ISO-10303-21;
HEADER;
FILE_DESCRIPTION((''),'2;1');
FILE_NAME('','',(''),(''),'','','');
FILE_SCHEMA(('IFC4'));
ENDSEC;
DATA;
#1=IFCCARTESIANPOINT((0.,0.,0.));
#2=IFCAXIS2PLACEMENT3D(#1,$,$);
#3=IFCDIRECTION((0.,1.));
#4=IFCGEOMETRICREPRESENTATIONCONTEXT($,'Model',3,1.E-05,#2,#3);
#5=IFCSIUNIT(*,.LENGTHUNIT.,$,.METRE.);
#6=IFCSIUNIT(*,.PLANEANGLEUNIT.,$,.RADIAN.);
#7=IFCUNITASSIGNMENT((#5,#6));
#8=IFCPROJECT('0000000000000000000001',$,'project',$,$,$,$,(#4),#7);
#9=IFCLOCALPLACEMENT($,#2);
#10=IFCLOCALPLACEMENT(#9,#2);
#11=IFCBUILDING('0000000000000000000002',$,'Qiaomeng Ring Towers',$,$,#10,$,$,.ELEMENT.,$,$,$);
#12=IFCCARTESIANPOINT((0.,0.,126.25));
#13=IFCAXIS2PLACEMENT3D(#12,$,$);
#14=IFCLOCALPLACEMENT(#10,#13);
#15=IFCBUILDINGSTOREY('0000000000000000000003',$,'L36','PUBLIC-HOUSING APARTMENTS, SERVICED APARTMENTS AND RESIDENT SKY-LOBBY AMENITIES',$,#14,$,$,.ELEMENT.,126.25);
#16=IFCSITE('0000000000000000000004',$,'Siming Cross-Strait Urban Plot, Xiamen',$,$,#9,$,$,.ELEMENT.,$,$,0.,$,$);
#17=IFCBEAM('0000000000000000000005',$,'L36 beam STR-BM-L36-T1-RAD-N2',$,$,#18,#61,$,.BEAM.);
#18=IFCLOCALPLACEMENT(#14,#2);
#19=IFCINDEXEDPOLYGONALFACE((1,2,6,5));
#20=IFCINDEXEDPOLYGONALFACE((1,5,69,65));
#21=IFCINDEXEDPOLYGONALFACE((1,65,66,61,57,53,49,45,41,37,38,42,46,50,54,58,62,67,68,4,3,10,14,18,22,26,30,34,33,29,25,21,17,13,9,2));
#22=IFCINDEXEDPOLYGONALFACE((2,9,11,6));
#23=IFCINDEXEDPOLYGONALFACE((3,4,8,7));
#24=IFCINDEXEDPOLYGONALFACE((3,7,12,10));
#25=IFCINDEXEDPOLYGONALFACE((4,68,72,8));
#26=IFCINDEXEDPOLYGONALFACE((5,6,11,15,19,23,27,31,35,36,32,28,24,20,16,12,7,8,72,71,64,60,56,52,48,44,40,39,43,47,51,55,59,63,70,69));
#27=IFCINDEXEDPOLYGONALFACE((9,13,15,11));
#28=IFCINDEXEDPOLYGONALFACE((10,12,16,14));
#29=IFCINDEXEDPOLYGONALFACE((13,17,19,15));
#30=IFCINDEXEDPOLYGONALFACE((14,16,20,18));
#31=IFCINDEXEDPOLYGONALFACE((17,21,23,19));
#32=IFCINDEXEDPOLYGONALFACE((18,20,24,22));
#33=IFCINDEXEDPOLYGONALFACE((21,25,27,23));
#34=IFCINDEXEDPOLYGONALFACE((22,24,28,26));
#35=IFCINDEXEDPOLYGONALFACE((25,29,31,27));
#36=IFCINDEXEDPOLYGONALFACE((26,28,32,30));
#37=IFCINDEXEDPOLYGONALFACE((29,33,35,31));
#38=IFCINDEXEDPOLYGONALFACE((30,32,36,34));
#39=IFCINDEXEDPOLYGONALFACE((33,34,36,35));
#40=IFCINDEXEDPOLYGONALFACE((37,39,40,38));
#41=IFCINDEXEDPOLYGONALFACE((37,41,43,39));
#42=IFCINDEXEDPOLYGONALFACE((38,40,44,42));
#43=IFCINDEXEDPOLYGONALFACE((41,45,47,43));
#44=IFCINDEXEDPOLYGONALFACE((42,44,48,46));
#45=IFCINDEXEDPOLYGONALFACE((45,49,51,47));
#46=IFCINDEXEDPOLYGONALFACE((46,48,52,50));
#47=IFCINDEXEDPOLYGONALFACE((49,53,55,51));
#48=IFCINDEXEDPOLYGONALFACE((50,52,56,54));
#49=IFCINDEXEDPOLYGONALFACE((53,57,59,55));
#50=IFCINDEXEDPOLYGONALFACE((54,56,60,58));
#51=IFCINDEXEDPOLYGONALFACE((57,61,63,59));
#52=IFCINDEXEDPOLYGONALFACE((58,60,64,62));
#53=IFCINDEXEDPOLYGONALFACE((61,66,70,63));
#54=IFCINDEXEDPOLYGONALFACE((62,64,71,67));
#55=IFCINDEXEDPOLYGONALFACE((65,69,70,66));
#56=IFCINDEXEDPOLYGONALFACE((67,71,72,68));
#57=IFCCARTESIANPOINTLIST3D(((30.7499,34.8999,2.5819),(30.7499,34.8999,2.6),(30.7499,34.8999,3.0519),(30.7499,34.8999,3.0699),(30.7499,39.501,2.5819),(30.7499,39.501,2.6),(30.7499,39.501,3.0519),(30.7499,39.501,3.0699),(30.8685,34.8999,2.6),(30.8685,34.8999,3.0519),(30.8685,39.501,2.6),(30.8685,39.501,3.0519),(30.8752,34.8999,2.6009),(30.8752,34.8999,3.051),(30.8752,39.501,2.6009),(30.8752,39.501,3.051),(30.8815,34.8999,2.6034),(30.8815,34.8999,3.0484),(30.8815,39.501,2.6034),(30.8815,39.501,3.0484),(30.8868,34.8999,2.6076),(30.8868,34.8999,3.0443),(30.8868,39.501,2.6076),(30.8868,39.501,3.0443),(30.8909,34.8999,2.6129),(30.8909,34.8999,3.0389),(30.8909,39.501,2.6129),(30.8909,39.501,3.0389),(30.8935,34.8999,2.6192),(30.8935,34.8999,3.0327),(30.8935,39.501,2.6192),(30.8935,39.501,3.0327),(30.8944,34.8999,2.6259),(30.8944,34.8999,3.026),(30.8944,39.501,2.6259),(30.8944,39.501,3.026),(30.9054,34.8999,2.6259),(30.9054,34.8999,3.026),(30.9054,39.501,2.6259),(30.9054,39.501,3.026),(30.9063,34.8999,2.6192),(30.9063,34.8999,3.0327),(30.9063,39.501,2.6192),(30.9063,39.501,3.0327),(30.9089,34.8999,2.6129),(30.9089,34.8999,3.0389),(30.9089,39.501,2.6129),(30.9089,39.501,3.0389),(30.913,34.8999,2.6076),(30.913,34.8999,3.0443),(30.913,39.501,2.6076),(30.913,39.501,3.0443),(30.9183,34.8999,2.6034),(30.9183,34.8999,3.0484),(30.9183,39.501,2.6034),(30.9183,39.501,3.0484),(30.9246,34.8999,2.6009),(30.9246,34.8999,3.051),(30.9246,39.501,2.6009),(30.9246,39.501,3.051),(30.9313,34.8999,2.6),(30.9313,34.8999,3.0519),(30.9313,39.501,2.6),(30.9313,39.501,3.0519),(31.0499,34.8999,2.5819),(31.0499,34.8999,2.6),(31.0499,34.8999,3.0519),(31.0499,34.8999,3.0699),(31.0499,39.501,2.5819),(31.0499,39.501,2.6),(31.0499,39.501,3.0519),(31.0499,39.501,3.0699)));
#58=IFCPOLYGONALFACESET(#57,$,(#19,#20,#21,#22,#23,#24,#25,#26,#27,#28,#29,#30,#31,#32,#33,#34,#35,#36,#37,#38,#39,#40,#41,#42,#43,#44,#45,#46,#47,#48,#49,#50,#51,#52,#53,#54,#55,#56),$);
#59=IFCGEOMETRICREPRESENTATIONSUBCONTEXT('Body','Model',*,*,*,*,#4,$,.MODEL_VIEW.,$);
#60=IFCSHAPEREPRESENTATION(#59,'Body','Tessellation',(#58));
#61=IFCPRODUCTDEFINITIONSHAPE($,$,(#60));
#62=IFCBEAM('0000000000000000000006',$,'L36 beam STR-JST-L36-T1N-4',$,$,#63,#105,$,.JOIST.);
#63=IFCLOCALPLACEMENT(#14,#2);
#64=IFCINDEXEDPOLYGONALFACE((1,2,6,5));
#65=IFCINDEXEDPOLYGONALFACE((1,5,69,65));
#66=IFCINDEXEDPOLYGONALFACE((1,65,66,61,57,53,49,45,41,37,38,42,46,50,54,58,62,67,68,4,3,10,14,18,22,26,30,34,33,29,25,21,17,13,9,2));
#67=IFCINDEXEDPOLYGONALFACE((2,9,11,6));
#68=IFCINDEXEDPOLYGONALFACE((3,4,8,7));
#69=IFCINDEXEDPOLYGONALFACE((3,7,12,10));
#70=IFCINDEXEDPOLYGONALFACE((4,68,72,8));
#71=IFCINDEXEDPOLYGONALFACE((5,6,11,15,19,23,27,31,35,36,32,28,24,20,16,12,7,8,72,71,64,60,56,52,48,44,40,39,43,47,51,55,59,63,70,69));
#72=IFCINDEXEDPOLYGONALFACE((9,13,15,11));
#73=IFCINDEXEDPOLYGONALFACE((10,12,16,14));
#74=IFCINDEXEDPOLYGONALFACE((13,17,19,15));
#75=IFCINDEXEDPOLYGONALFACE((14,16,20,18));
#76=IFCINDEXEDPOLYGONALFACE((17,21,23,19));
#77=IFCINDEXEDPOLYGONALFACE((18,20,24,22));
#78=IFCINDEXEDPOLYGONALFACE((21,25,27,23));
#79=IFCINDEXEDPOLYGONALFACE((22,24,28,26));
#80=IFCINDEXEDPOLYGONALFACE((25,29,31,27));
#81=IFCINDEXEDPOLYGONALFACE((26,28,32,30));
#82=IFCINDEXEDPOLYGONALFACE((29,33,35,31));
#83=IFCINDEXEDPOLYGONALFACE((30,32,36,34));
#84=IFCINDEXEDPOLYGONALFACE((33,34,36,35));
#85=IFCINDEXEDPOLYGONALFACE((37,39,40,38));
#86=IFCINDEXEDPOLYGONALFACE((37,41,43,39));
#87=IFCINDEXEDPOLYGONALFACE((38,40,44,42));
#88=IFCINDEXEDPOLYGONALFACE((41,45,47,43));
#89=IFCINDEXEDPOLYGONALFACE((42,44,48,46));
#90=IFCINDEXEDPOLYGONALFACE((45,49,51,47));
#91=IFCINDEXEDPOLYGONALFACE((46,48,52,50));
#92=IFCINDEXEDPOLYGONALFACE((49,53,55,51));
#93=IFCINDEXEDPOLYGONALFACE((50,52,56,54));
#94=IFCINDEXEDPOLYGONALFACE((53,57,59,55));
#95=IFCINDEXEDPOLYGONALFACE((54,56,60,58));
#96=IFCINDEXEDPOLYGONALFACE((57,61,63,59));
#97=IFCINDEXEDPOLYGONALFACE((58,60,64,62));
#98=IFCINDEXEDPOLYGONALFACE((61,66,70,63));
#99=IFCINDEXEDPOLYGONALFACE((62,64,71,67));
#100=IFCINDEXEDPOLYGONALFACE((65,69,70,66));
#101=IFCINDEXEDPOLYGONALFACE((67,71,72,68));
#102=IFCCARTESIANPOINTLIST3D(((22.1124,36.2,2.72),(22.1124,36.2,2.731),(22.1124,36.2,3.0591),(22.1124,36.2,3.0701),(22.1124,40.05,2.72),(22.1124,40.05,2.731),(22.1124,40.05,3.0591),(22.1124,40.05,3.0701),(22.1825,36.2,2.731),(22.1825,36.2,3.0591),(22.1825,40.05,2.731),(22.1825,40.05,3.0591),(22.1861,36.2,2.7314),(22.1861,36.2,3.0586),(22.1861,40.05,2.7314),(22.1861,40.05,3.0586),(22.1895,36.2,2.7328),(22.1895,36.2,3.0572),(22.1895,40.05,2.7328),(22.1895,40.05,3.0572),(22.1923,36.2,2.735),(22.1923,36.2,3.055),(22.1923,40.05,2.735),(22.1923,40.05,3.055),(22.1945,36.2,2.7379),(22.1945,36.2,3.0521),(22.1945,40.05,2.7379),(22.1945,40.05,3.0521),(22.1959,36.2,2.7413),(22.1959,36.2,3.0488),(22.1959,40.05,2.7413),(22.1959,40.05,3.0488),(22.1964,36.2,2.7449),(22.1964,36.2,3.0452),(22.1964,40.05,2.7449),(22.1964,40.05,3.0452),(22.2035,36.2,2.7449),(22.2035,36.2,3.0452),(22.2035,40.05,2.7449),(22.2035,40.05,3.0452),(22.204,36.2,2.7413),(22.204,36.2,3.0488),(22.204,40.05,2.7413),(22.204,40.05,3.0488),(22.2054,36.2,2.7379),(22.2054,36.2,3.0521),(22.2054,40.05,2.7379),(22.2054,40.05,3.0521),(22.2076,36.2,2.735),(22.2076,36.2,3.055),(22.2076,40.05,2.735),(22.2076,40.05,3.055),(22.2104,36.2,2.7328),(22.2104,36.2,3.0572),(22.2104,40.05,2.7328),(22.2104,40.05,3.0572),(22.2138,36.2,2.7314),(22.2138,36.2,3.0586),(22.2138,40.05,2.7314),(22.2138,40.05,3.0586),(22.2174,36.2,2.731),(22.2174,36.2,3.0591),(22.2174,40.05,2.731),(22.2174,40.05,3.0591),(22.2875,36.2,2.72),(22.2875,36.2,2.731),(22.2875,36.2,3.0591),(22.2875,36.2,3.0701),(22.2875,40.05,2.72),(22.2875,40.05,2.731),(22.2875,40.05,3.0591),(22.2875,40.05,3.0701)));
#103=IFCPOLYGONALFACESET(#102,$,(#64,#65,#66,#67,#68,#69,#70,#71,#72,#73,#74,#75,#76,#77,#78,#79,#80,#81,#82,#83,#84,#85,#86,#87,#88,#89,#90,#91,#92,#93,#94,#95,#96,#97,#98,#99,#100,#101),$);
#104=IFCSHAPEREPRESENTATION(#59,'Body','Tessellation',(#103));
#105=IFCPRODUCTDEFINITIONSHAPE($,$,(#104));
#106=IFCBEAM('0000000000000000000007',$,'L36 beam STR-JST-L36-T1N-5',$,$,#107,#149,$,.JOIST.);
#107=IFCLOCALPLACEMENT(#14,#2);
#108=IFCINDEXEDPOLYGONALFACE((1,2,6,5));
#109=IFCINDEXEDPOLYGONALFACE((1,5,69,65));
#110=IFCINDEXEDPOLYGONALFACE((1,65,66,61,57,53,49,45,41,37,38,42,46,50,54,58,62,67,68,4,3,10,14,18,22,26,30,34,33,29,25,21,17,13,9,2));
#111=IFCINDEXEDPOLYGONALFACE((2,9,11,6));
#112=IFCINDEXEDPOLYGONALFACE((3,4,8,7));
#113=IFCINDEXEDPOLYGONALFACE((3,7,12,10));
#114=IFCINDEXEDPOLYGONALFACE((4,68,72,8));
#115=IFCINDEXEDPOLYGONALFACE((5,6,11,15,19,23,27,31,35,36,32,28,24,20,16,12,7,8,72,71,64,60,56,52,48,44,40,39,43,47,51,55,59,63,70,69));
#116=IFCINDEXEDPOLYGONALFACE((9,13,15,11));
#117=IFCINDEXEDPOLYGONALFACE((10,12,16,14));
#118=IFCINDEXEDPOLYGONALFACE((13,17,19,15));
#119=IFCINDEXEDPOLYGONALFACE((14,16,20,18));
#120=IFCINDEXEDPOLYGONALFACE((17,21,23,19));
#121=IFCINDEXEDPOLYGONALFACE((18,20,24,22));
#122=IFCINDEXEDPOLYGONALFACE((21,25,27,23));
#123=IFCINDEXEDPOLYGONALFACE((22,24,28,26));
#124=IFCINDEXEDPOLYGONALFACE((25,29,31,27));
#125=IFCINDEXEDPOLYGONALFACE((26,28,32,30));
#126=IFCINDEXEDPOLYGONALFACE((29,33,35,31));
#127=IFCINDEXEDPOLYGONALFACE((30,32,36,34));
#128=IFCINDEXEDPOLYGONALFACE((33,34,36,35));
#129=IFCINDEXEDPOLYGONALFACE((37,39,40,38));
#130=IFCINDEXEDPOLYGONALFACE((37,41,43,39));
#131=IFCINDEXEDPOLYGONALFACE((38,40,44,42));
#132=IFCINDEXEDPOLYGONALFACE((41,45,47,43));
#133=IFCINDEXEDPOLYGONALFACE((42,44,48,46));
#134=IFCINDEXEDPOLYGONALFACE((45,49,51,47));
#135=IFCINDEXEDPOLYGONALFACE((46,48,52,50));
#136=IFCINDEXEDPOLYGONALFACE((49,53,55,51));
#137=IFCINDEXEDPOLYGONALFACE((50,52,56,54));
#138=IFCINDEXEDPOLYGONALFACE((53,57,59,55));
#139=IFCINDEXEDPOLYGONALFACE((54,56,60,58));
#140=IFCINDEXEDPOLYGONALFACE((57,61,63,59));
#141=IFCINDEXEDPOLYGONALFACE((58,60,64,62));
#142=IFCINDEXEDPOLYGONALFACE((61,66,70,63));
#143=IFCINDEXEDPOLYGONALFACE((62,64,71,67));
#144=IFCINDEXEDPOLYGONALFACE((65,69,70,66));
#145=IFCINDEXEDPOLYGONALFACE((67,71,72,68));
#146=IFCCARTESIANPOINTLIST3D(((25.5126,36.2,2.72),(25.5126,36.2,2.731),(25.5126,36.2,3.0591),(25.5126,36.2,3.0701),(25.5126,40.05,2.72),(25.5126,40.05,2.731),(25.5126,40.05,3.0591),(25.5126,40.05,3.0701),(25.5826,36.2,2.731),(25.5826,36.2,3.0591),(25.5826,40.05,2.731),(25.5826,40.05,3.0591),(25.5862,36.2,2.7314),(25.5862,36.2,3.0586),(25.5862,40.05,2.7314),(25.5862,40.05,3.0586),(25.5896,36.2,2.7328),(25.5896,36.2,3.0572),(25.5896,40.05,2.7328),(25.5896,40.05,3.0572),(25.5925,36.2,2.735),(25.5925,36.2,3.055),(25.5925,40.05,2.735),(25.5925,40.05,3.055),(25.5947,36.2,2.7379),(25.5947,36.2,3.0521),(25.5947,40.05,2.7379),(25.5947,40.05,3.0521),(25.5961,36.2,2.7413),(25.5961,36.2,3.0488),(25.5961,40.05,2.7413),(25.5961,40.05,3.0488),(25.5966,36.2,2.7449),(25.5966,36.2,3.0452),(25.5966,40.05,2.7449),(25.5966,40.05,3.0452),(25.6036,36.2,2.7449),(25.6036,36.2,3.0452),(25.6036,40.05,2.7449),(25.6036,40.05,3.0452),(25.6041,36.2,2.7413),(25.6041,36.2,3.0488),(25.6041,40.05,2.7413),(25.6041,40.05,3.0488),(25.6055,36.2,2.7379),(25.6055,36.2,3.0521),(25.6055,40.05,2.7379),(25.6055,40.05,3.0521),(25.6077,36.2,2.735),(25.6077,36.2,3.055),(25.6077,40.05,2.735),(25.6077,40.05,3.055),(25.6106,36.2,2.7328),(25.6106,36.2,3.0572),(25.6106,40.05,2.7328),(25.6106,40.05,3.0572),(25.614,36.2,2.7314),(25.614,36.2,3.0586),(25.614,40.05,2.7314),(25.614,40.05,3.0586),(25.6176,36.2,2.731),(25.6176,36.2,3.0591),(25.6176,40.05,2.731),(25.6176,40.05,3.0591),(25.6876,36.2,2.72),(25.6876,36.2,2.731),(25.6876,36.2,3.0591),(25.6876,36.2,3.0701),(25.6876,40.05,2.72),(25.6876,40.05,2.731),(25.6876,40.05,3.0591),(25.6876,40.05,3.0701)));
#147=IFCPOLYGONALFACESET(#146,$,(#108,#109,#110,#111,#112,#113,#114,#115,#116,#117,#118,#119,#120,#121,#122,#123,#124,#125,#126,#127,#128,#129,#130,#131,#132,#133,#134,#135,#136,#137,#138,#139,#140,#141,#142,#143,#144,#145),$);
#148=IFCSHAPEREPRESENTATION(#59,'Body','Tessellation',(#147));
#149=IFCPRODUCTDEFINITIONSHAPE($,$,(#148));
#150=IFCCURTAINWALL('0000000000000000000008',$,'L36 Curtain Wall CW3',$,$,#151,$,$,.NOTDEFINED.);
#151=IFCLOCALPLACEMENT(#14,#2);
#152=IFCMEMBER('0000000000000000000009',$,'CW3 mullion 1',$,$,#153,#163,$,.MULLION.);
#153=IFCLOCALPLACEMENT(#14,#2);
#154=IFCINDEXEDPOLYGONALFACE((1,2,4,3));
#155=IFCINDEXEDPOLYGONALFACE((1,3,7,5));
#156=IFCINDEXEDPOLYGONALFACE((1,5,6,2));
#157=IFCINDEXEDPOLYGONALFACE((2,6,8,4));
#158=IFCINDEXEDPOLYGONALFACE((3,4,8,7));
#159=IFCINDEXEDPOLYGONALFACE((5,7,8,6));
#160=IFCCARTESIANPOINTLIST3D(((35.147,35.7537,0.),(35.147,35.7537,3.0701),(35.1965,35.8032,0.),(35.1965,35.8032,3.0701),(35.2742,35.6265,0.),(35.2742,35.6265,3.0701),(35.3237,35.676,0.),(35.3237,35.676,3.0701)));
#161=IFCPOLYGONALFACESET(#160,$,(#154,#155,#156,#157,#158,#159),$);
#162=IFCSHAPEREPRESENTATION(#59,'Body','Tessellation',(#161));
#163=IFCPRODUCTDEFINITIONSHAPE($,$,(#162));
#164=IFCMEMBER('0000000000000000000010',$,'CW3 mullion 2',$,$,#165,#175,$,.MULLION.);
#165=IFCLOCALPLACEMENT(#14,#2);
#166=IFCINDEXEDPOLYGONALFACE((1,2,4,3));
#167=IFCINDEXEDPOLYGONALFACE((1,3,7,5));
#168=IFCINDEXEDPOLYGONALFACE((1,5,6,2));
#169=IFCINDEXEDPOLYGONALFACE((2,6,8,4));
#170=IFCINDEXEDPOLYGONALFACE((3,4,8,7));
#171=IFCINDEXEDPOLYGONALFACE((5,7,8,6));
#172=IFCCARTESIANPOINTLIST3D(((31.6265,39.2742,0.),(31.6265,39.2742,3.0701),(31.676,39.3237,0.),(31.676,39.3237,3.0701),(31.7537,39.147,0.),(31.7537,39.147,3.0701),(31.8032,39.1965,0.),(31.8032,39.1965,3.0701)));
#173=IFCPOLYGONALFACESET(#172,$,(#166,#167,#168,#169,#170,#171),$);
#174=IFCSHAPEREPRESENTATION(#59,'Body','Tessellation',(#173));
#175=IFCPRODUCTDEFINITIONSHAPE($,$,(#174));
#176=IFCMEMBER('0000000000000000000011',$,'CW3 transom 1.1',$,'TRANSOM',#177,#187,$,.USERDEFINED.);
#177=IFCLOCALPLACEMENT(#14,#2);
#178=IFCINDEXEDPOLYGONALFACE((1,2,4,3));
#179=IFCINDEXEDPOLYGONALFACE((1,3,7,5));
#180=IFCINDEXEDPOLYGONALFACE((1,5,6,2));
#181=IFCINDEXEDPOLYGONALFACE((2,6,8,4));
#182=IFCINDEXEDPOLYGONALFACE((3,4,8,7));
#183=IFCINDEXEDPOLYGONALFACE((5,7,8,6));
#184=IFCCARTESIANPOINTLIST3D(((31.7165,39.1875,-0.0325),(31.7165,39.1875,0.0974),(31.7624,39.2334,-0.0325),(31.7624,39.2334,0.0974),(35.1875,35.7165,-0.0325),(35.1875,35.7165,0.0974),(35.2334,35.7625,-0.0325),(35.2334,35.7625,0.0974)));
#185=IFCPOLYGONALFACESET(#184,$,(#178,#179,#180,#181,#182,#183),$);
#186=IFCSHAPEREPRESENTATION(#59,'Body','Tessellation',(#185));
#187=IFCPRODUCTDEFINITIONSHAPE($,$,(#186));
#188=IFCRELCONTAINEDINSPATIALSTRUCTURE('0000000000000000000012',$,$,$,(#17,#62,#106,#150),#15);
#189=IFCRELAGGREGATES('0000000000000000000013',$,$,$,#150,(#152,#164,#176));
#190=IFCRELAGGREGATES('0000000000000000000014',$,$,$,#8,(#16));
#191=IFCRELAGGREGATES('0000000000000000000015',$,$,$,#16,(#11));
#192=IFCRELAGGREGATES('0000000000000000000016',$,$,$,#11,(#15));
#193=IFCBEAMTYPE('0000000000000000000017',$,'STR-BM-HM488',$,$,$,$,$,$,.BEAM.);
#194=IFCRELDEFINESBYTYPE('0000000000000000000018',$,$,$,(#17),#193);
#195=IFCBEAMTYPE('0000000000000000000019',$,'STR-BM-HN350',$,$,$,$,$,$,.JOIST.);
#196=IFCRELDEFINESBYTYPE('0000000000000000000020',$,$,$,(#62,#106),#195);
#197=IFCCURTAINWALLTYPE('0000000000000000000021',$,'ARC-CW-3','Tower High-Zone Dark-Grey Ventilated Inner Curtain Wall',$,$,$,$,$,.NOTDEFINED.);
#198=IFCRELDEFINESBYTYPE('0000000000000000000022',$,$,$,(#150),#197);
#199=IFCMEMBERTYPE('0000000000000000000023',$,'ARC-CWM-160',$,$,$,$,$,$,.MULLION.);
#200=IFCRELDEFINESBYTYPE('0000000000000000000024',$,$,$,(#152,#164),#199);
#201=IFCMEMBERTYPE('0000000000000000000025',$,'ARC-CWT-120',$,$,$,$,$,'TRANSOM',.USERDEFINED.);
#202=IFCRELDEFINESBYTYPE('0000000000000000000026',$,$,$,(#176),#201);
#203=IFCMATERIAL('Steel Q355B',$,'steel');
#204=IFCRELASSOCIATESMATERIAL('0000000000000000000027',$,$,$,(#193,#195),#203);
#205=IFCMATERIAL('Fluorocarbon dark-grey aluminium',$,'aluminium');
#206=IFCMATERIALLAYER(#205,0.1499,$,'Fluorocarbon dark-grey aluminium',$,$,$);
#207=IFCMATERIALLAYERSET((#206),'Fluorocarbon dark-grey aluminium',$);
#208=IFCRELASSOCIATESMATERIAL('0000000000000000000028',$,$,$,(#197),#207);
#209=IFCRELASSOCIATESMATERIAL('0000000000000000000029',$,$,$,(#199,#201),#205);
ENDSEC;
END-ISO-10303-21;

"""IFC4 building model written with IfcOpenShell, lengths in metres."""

from ifc_helpers import new_model, si_unit, direction, frame, origin, origin_2d, place, context, subcontext, project, spatial, rectangle, i_section, extrude, source, transform, mapped, material, layer, layer_set, material_profile, profile_set, type_object, element, aggregate, save


model = new_model("IFC4")

# Units and contexts
model_context = context("Model", 3, precision=1e-05, world=origin(), true_north=direction((0.0, 1.0)))
body_context = subcontext(model_context, "Body", "Model", "MODEL_VIEW")
ifc_project = project(units=[si_unit("LENGTHUNIT", "METRE"), si_unit("PLANEANGLEUNIT", "RADIAN")], contexts=[model_context])

# Site, building, storey
site_placement = place(None, origin())
site = spatial("IfcSite", under=ifc_project, at=site_placement, Name="Siming Cross-Strait Urban Plot, Xiamen", CompositionType="ELEMENT", RefElevation=0.0)
building_placement = place(site_placement, origin())
building = spatial("IfcBuilding", under=site, at=building_placement, Name="Qiaomeng Ring Towers", CompositionType="ELEMENT")
storey_placement = place(building_placement, frame((0.0, 0.0, 126.25)))
storey = spatial("IfcBuildingStorey", under=building, at=storey_placement, Name="L36", Description="PUBLIC-HOUSING APARTMENTS, SERVICED APARTMENTS AND RESIDENT SKY-LOBBY AMENITIES", CompositionType="ELEMENT", Elevation=126.25)

# Beams
ifc_material_1 = material(Name="Steel Q355B", Category="steel")
ifc_material_profile_1 = material_profile(ifc_material_1, i_section(OverallWidth=0.3, OverallDepth=0.488, WebThickness=0.011, FlangeThickness=0.0181, FilletRadius=0.0259, at=origin_2d()), Name="HM 488x300x11x18")
ifc_profile_set_1 = profile_set([ifc_material_profile_1], Name="Steel Q355B")
beam_type_1 = type_object("IfcBeamType", Name="STR-BM-HM488", PredefinedType="BEAM", material=ifc_profile_set_1)
shared_shape_1 = source(origin(), body_context, "Body", "SweptSolid", [
    extrude(i_section(OverallWidth=0.3, OverallDepth=0.488, WebThickness=0.011, FlangeThickness=0.0181, FilletRadius=0.0259, at=origin_2d()), origin(), (0.0, 0.0, 1.0), 4.6011),
])
beam_1_placement = place(storey_placement, frame((30.8999, 39.501, 2.8259), z_axis=(0.0, -1.0, 0.0), x_axis=(1.0, 0.0, 0.0)))
element("IfcBeam", 1, at=beam_1_placement, inside=storey, type_object=beam_type_1, Name="L36 beam STR-BM-L36-T1-RAD-N2", PredefinedType="BEAM", context=body_context, shape_type="MappedRepresentation", body=[
    mapped(shared_shape_1, transform((0.0, 0.0, 0.0), x_axis=(1.0, 0.0, 0.0), y_axis=(0.0, 1.0, 0.0), z_axis=(0.0, 0.0, 1.0), scale=1.0)),
])
ifc_material_profile_2 = material_profile(ifc_material_1, i_section(OverallWidth=0.175, OverallDepth=0.3501, WebThickness=0.0071, FlangeThickness=0.011, FilletRadius=0.0139, at=origin_2d()), Name="HN 350x175x7x11")
ifc_profile_set_2 = profile_set([ifc_material_profile_2], Name="Steel Q355B")
beam_type_2 = type_object("IfcBeamType", Name="STR-BM-HN350", PredefinedType="JOIST", material=ifc_profile_set_2)
shared_shape_2 = source(origin(), body_context, "Body", "SweptSolid", [
    extrude(i_section(OverallWidth=0.175, OverallDepth=0.3501, WebThickness=0.0071, FlangeThickness=0.011, FilletRadius=0.0139, at=origin_2d()), origin(), (0.0, 0.0, 1.0), 3.8501),
])
for number, where, z_axis, x_axis, name in (
    (2, (22.2, 36.2, 2.895), (0.0, 1.0, 0.0), (-1.0, 0.0, 0.0), "L36 beam STR-JST-L36-T1N-4"),
    (3, (25.6001, 36.2, 2.895), (0.0, 1.0, 0.0), (-1.0, 0.0, 0.0), "L36 beam STR-JST-L36-T1N-5"),
):
    element("IfcBeam", number, at=place(storey_placement, frame(where, z_axis=z_axis, x_axis=x_axis)), inside=storey, type_object=beam_type_2, Name=name, PredefinedType="JOIST", context=body_context, shape_type="MappedRepresentation", body=[
        mapped(shared_shape_2, transform((0.0, 0.0, 0.0), x_axis=(1.0, 0.0, 0.0), y_axis=(0.0, 1.0, 0.0), z_axis=(0.0, 0.0, 1.0), scale=1.0)),
    ])

# Curtain wall, members
ifc_material_2 = material(Name="Fluorocarbon dark-grey aluminium", Category="aluminium")
ifc_layer_1 = layer(ifc_material_2, 0.1499, Name="Fluorocarbon dark-grey aluminium")
ifc_layer_set_1 = layer_set([ifc_layer_1], Name="Fluorocarbon dark-grey aluminium")
curtain_wall_type = type_object("IfcCurtainWallType", Name="ARC-CW-3", Description="Tower High-Zone Dark-Grey Ventilated Inner Curtain Wall", PredefinedType="NOTDEFINED", material=ifc_layer_set_1)
curtain_wall_placement = place(storey_placement, origin())
curtain_wall = element("IfcCurtainWall", 4, at=curtain_wall_placement, inside=storey, type_object=curtain_wall_type, Name="L36 Curtain Wall CW3", PredefinedType="NOTDEFINED")
ifc_material_profile_3 = material_profile(ifc_material_2, rectangle(XDim=0.0701, YDim=0.1799, at=origin_2d()), Name="ALU MULL 70x180")
ifc_profile_set_3 = profile_set([ifc_material_profile_3], Name="Fluorocarbon dark-grey aluminium")
member_type_1 = type_object("IfcMemberType", Name="ARC-CWM-160", PredefinedType="MULLION", material=ifc_profile_set_3)
shared_shape_3 = source(origin(), body_context, "Body", "SweptSolid", [
    extrude(rectangle(XDim=0.0701, YDim=0.1799, at=origin_2d()), origin(), (0.0, 0.0, 1.0), 3.0701),
])
member_1_placement = place(storey_placement, frame((35.2354, 35.7148, 0.0), z_axis=(0.0, 0.0, 1.0), x_axis=(-0.707107, -0.707107, 0.0)))
member_1 = element("IfcMember", 5, at=member_1_placement, type_object=member_type_1, Name="CW3 mullion 1", PredefinedType="MULLION", context=body_context, shape_type="MappedRepresentation", body=[
    mapped(shared_shape_3, transform((0.0, 0.0, 0.0), x_axis=(1.0, 0.0, 0.0), y_axis=(0.0, 1.0, 0.0), z_axis=(0.0, 0.0, 1.0), scale=1.0)),
])
member_2_placement = place(storey_placement, frame((31.7148, 39.2354, 0.0), z_axis=(0.0, 0.0, 1.0), x_axis=(-0.707107, -0.707107, 0.0)))
member_2 = element("IfcMember", 6, at=member_2_placement, type_object=member_type_1, Name="CW3 mullion 2", PredefinedType="MULLION", context=body_context, shape_type="MappedRepresentation", body=[
    mapped(shared_shape_3, transform((0.0, 0.0, 0.0), x_axis=(1.0, 0.0, 0.0), y_axis=(0.0, 1.0, 0.0), z_axis=(0.0, 0.0, 1.0), scale=1.0)),
])
ifc_material_profile_4 = material_profile(ifc_material_2, rectangle(XDim=0.0649, YDim=0.1299, at=origin_2d()), Name="ALU TRAN 65x130")
ifc_profile_set_4 = profile_set([ifc_material_profile_4], Name="Fluorocarbon dark-grey aluminium")
member_type_2 = type_object("IfcMemberType", Name="ARC-CWT-120", ElementType="TRANSOM", PredefinedType="USERDEFINED", material=ifc_profile_set_4)
shared_shape_4 = source(origin(), body_context, "Body", "SweptSolid", [
    extrude(rectangle(XDim=0.0649, YDim=0.1299, at=origin_2d()), origin(), (0.0, 0.0, 1.0), 4.9087),
])
member_3_placement = place(storey_placement, frame((35.2104, 35.7395, 0.0325), z_axis=(-0.707107, 0.707107, 0.0), x_axis=(-0.707107, -0.707107, 0.0)))
member_3 = element("IfcMember", 7, at=member_3_placement, type_object=member_type_2, Name="CW3 transom 1.1", ObjectType="TRANSOM", PredefinedType="USERDEFINED", context=body_context, shape_type="MappedRepresentation", body=[
    mapped(shared_shape_4, transform((0.0, 0.0, 0.0), x_axis=(1.0, 0.0, 0.0), y_axis=(0.0, 1.0, 0.0), z_axis=(0.0, 0.0, 1.0), scale=1.0)),
])
aggregate(curtain_wall, [member_1, member_2, member_3])

save(model, "model.ifc")
